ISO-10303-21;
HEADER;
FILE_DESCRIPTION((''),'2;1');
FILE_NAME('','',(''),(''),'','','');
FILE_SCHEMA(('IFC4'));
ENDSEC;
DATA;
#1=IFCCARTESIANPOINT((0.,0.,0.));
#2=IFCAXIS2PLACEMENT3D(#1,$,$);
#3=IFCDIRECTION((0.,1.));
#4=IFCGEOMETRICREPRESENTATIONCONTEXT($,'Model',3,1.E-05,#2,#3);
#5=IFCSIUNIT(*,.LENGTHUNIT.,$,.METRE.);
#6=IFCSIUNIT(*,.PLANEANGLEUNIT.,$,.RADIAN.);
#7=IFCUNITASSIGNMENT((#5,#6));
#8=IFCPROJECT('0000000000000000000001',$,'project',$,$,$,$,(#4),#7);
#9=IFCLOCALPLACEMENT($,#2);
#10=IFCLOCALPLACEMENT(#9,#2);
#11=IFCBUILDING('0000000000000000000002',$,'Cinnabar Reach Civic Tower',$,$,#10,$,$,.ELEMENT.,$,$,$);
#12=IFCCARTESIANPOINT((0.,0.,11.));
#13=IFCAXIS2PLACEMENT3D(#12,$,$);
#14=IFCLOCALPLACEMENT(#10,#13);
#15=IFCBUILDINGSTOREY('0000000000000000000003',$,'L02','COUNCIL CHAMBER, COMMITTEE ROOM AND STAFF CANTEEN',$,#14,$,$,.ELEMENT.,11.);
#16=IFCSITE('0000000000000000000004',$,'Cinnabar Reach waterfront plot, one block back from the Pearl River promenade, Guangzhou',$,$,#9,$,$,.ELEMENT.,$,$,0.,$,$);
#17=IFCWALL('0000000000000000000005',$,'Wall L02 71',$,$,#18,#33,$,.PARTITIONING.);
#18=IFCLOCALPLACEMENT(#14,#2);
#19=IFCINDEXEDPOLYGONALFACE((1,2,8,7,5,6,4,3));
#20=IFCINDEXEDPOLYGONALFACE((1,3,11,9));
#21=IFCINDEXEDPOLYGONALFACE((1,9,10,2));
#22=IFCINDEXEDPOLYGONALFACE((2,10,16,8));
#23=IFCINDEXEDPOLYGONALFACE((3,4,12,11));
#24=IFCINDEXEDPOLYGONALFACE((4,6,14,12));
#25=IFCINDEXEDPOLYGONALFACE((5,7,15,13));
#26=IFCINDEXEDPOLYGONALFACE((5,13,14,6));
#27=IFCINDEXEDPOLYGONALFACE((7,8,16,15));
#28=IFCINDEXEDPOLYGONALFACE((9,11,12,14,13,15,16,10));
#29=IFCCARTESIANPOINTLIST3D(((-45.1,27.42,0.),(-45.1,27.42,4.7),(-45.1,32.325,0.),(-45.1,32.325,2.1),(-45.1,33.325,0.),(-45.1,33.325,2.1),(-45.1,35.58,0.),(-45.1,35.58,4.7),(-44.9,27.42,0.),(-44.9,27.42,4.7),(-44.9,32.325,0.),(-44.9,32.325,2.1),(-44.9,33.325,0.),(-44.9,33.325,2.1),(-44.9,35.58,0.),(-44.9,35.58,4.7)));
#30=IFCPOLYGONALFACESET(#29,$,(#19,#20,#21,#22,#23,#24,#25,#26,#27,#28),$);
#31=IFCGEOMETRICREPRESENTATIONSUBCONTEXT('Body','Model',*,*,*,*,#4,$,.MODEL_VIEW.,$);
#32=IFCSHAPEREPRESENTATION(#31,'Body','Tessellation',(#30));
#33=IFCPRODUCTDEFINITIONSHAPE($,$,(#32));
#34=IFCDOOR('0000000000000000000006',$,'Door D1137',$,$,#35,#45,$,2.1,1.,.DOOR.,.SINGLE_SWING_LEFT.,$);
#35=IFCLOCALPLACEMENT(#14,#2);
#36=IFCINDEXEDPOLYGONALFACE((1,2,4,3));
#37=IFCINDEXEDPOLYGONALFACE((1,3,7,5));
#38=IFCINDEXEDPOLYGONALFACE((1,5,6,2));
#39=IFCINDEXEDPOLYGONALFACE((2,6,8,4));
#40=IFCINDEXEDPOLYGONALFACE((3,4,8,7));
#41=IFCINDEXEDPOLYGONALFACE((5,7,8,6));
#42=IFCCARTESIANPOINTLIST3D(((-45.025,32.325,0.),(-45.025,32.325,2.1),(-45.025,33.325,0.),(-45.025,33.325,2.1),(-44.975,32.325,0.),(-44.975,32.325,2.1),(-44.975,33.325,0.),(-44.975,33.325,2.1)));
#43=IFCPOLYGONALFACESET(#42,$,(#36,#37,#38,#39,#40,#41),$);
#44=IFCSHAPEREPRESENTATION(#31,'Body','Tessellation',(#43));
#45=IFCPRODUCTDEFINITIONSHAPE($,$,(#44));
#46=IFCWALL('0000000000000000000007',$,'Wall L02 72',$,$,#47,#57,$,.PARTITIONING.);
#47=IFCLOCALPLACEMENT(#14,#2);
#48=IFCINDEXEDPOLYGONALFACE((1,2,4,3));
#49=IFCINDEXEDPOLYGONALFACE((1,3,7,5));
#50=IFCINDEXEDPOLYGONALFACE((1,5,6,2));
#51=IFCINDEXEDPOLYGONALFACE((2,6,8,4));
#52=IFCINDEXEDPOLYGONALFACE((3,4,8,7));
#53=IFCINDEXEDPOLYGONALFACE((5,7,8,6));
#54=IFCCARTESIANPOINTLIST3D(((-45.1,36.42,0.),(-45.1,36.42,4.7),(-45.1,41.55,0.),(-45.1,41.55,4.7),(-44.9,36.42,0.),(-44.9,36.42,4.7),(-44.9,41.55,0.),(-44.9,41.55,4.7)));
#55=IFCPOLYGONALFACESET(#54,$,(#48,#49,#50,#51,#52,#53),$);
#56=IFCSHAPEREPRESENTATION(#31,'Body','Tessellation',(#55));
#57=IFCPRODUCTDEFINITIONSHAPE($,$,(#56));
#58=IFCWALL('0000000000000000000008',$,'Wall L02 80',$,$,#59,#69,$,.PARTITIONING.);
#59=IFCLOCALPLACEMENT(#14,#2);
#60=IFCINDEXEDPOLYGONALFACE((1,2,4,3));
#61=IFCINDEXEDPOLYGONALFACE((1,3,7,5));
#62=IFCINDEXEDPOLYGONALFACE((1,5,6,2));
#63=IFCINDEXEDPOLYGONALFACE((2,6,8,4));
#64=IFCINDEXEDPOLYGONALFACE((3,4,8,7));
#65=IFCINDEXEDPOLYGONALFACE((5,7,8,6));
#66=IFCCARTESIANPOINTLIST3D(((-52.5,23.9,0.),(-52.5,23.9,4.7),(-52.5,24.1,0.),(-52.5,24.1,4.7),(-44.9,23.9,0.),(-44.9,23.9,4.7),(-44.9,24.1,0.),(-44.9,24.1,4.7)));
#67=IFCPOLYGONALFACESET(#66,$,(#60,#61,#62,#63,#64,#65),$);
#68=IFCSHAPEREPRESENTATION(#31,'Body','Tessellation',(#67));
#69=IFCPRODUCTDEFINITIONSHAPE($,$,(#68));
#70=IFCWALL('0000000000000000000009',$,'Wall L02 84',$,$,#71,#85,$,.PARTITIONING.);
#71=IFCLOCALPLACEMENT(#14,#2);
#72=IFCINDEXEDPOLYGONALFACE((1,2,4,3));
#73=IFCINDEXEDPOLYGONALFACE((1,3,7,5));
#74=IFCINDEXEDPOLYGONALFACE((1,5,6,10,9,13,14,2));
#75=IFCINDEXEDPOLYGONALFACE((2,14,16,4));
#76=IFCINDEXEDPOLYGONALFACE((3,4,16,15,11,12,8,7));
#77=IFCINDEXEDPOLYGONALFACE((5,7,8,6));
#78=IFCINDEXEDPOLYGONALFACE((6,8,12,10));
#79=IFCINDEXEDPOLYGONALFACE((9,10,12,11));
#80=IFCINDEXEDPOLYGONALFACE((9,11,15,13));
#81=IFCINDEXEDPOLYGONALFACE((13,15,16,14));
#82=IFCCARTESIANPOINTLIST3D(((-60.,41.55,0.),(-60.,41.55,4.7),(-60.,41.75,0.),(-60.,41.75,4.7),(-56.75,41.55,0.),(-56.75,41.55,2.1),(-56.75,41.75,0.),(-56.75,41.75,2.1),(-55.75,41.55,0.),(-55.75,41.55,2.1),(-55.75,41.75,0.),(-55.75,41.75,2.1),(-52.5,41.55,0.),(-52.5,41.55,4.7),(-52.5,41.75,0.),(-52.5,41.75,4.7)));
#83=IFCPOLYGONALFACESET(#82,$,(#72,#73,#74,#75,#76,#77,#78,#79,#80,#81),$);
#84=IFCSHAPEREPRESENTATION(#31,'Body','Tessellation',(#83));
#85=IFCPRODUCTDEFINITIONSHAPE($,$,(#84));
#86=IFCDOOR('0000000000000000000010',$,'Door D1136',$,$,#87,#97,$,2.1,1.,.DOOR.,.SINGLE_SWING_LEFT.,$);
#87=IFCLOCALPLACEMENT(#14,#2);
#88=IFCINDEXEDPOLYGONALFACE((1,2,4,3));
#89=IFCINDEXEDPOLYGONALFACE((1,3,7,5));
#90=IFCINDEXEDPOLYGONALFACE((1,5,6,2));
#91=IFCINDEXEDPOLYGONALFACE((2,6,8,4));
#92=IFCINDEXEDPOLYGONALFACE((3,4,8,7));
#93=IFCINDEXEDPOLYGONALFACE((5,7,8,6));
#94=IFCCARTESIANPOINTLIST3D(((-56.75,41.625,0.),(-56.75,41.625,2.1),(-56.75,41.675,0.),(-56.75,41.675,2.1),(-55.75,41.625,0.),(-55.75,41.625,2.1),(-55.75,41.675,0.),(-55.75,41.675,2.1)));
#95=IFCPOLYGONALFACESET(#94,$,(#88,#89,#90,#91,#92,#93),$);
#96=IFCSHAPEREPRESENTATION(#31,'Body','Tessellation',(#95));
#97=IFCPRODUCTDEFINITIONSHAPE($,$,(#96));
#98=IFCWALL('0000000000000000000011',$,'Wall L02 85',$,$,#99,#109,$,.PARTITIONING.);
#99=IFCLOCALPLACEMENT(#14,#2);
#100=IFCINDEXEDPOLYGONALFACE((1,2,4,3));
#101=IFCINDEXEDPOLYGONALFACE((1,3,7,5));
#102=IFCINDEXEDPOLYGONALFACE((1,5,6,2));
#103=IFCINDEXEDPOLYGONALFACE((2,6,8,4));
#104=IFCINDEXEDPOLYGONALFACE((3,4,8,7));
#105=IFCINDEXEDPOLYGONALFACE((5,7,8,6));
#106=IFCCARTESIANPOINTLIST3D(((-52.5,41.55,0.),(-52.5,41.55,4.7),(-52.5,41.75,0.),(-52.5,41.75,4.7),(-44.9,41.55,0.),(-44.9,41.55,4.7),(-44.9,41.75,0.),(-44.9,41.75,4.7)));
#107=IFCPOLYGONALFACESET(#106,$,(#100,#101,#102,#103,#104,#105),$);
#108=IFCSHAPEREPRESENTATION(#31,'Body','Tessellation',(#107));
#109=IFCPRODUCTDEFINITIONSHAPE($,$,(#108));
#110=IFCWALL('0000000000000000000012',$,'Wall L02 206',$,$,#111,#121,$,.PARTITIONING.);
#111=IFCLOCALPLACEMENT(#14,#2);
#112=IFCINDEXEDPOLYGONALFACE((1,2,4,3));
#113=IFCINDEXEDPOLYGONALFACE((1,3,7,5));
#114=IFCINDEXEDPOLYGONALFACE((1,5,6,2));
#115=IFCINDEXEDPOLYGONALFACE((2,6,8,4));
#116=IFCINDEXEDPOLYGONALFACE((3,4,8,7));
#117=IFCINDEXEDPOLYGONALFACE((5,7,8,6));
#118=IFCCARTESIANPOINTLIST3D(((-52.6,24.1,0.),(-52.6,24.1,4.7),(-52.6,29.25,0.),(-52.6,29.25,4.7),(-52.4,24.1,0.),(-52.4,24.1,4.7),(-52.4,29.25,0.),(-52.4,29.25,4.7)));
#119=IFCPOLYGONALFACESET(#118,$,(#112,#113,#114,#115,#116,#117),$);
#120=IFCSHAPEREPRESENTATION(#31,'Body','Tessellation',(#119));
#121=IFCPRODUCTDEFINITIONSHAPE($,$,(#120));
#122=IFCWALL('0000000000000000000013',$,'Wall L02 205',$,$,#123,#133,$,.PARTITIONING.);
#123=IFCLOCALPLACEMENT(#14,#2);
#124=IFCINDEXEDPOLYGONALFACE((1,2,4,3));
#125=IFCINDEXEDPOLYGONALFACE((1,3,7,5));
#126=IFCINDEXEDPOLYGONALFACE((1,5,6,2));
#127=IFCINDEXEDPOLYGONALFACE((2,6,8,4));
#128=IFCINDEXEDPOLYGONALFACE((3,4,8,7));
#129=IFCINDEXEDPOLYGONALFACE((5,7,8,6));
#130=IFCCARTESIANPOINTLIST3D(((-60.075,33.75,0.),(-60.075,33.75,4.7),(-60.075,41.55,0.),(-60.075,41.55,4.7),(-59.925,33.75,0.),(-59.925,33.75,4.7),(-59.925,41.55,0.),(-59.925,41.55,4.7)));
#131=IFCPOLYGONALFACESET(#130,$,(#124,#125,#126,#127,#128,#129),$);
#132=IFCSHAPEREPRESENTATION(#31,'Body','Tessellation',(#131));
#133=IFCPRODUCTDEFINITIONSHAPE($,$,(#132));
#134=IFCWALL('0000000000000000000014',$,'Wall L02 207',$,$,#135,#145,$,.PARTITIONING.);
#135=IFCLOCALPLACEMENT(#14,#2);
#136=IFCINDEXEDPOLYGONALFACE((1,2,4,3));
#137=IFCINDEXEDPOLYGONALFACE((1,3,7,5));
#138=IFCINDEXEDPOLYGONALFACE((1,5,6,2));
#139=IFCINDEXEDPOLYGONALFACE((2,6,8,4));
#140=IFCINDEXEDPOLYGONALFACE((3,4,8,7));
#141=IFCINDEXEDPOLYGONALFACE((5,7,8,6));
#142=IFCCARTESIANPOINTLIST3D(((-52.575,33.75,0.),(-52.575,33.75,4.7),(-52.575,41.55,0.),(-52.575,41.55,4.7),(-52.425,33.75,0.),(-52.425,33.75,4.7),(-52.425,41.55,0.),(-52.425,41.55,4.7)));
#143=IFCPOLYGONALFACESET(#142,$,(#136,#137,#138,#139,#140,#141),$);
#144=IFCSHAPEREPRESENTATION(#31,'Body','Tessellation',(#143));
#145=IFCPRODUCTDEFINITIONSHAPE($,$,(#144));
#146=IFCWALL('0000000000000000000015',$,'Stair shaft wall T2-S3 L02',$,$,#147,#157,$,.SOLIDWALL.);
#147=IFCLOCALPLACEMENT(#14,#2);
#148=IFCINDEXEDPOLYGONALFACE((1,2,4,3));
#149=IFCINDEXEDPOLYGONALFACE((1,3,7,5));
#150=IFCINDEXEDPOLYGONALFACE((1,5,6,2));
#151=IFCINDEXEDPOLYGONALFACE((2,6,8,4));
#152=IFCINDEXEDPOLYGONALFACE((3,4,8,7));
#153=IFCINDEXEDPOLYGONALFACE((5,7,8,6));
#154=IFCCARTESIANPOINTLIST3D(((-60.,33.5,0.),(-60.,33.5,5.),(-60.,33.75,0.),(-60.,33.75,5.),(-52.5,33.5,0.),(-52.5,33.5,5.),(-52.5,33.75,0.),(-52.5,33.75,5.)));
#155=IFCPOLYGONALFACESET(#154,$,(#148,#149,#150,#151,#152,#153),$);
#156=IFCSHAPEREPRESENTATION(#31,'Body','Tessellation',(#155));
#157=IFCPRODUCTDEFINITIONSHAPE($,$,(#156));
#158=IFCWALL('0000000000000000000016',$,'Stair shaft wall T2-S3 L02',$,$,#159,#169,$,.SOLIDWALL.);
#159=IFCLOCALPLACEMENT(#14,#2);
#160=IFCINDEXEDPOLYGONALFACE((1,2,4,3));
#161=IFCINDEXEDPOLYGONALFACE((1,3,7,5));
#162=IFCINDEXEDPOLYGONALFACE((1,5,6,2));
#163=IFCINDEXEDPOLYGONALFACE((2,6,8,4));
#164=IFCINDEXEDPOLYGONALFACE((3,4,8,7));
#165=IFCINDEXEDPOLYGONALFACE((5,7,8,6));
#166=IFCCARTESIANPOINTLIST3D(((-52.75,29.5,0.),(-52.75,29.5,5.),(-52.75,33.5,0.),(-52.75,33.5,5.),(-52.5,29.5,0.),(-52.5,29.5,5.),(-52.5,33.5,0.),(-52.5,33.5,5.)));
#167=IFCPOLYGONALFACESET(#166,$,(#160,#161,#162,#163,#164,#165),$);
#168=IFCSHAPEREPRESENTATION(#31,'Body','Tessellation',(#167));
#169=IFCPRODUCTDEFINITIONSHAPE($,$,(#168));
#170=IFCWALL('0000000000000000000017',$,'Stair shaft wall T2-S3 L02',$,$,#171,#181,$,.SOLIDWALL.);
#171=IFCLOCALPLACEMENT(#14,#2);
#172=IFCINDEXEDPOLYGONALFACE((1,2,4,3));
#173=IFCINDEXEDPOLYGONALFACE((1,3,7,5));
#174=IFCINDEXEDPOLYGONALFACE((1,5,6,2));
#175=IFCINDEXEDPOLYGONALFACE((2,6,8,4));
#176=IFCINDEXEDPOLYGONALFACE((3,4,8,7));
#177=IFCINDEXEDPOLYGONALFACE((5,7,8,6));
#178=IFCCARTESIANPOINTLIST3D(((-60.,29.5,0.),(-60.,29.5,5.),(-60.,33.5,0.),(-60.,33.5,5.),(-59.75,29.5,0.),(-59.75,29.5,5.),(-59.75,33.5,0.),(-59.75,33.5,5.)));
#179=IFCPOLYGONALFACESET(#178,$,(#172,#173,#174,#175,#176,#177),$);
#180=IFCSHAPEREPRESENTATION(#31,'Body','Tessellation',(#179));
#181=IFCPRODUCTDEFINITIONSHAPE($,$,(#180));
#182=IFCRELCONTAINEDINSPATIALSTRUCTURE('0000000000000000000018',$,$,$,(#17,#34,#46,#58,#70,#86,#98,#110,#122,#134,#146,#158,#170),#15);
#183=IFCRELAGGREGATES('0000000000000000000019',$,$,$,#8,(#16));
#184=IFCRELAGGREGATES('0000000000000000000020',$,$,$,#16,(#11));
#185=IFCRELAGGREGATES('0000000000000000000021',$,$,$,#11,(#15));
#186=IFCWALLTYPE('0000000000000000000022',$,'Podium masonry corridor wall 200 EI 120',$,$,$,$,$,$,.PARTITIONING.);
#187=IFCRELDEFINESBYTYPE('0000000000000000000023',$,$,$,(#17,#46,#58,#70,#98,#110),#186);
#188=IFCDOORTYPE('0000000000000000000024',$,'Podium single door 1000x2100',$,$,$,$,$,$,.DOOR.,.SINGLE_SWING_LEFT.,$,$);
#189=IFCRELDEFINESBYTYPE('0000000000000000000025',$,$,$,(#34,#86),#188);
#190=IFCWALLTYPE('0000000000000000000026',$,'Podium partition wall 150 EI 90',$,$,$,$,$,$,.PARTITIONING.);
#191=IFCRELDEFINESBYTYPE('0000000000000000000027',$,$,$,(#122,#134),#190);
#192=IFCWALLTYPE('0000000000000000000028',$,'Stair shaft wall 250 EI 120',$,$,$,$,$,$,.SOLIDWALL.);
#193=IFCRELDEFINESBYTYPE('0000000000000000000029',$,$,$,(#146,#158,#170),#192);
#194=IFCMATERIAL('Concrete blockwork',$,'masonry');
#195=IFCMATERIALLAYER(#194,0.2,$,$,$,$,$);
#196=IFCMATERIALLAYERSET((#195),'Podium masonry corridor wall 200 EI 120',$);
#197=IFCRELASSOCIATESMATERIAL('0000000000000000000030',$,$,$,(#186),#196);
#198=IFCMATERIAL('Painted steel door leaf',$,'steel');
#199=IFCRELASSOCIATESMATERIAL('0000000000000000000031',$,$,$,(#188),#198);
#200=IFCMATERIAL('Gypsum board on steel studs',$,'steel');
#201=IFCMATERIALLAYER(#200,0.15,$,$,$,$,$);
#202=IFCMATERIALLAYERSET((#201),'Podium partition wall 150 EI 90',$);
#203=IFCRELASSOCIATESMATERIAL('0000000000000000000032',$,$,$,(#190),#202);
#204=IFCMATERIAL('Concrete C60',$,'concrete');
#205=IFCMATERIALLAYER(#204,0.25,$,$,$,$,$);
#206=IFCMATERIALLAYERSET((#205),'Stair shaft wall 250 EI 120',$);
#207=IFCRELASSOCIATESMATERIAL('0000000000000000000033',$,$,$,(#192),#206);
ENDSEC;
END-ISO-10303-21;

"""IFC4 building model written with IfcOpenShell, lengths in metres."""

from ifc_helpers import new_model, si_unit, direction, frame, frame_2d, origin, place, context, subcontext, project, spatial, rectangle, extrude, material, layer, layer_set, type_object, element, fill, save


model = new_model("IFC4")

# Units and contexts
model_context = context("Model", 3, precision=1e-05, world=origin(), true_north=direction((0.0, 1.0)))
body_context = subcontext(model_context, "Body", "Model", "MODEL_VIEW")
ifc_project = project(units=[si_unit("LENGTHUNIT", "METRE"), si_unit("PLANEANGLEUNIT", "RADIAN")], contexts=[model_context])

# Site, building, storey
site_placement = place(None, origin())
site = spatial("IfcSite", under=ifc_project, at=site_placement, Name="Cinnabar Reach waterfront plot, one block back from the Pearl River promenade, Guangzhou", CompositionType="ELEMENT", RefElevation=0.0)
building_placement = place(site_placement, origin())
building = spatial("IfcBuilding", under=site, at=building_placement, Name="Cinnabar Reach Civic Tower", CompositionType="ELEMENT")
storey_placement = place(building_placement, frame((0.0, 0.0, 11.0)))
storey = spatial("IfcBuildingStorey", under=building, at=storey_placement, Name="L02", Description="COUNCIL CHAMBER, COMMITTEE ROOM AND STAFF CANTEEN", CompositionType="ELEMENT", Elevation=11.0)

# Shared definitions
ifc_material_1 = material(Name="Concrete C60", Category="concrete")

# Shared definitions
ifc_material_2 = material(Name="Concrete blockwork", Category="masonry")
ifc_layer_1 = layer(ifc_material_2, 0.2)
ifc_layer_set_1 = layer_set([ifc_layer_1], Name="Podium masonry corridor wall 200 EI 120")
wall_type_1 = type_object("IfcWallType", Name="Podium masonry corridor wall 200 EI 120", PredefinedType="PARTITIONING", material=ifc_layer_set_1)

# Wall, opening, door
wall_1_placement = place(storey_placement, frame((-45.0, 27.42, 0.0), z_axis=(0.0, 0.0, 1.0), x_axis=(0.0, 1.0, 0.0)))
wall_1 = element("IfcWall", 1, at=wall_1_placement, inside=storey, type_object=wall_type_1, Name="Wall L02 71", PredefinedType="PARTITIONING", context=body_context, shape_type="SweptSolid", body=[
    extrude(rectangle(XDim=8.16, YDim=0.2, at=frame_2d((4.08, 0.0))), origin(), (0.0, 0.0, 1.0), 4.7),
])
opening_1_placement = place(wall_1_placement, frame((4.905, 0.0, 0.0)))
opening_1 = element("IfcOpeningElement", 2, at=opening_1_placement, cuts=wall_1, PredefinedType="OPENING", context=body_context, shape_type="SweptSolid", body=[
    extrude(rectangle(XDim=1.0, YDim=2.1, at=frame_2d((0.5, 1.05))), frame((0.0, 0.11, 0.0), z_axis=(0.0, -1.0, 0.0), x_axis=(1.0, 0.0, 0.0)), (0.0, 0.0, 1.0), 0.22),
])
ifc_material_3 = material(Name="Painted steel door leaf", Category="steel")
door_type_1 = type_object("IfcDoorType", Name="Podium single door 1000x2100", OperationType="SINGLE_SWING_LEFT", PredefinedType="DOOR", material=ifc_material_3)
door_1_placement = place(opening_1_placement, origin())
door_1 = element("IfcDoor", 3, at=door_1_placement, inside=storey, type_object=door_type_1, Name="Door D1137", OperationType="SINGLE_SWING_LEFT", OverallHeight=2.1, OverallWidth=1.0, PredefinedType="DOOR", context=body_context, shape_type="SweptSolid", body=[
    extrude(rectangle(XDim=1.0, YDim=2.1, at=frame_2d((0.5, 1.05))), frame((0.0, 0.025, 0.0), z_axis=(0.0, -1.0, 0.0), x_axis=(1.0, 0.0, 0.0)), (0.0, 0.0, 1.0), 0.05),
])
fill(opening_1, door_1)

# Walls
wall_2_placement = place(storey_placement, frame((-45.0, 36.42, 0.0), z_axis=(0.0, 0.0, 1.0), x_axis=(0.0, 1.0, 0.0)))
element("IfcWall", 4, at=wall_2_placement, inside=storey, type_object=wall_type_1, Name="Wall L02 72", PredefinedType="PARTITIONING", context=body_context, shape_type="SweptSolid", body=[
    extrude(rectangle(XDim=5.13, YDim=0.2, at=frame_2d((2.565, 0.0))), origin(), (0.0, 0.0, 1.0), 4.7),
])
wall_3_placement = place(storey_placement, frame((-52.5, 24.0, 0.0), z_axis=(0.0, 0.0, 1.0), x_axis=(1.0, 0.0, 0.0)))
element("IfcWall", 5, at=wall_3_placement, inside=storey, type_object=wall_type_1, Name="Wall L02 80", PredefinedType="PARTITIONING", context=body_context, shape_type="SweptSolid", body=[
    extrude(rectangle(XDim=7.6, YDim=0.2, at=frame_2d((3.8, 0.0))), origin(), (0.0, 0.0, 1.0), 4.7),
])

# Wall, opening, door
wall_4_placement = place(storey_placement, frame((-60.0, 41.65, 0.0), z_axis=(0.0, 0.0, 1.0), x_axis=(1.0, 0.0, 0.0)))
wall_4 = element("IfcWall", 6, at=wall_4_placement, inside=storey, type_object=wall_type_1, Name="Wall L02 84", PredefinedType="PARTITIONING", context=body_context, shape_type="SweptSolid", body=[
    extrude(rectangle(XDim=7.5, YDim=0.2, at=frame_2d((3.75, 0.0))), origin(), (0.0, 0.0, 1.0), 4.7),
])
opening_2_placement = place(wall_4_placement, frame((3.25, 0.0, 0.0)))
opening_2 = element("IfcOpeningElement", 7, at=opening_2_placement, cuts=wall_4, PredefinedType="OPENING", context=body_context, shape_type="SweptSolid", body=[
    extrude(rectangle(XDim=1.0, YDim=2.1, at=frame_2d((0.5, 1.05))), frame((0.0, 0.11, 0.0), z_axis=(0.0, -1.0, 0.0), x_axis=(1.0, 0.0, 0.0)), (0.0, 0.0, 1.0), 0.22),
])
door_2_placement = place(opening_2_placement, frame((1.0, 0.0, 0.0), z_axis=(0.0, 0.0, 1.0), x_axis=(-1.0, 0.0, 0.0)))
door_2 = element("IfcDoor", 8, at=door_2_placement, inside=storey, type_object=door_type_1, Name="Door D1136", OperationType="SINGLE_SWING_LEFT", OverallHeight=2.1, OverallWidth=1.0, PredefinedType="DOOR", context=body_context, shape_type="SweptSolid", body=[
    extrude(rectangle(XDim=1.0, YDim=2.1, at=frame_2d((0.5, 1.05))), frame((0.0, 0.025, 0.0), z_axis=(0.0, -1.0, 0.0), x_axis=(1.0, 0.0, 0.0)), (0.0, 0.0, 1.0), 0.05),
])
fill(opening_2, door_2)

# Walls
wall_5_placement = place(storey_placement, frame((-52.5, 41.65, 0.0), z_axis=(0.0, 0.0, 1.0), x_axis=(1.0, 0.0, 0.0)))
element("IfcWall", 9, at=wall_5_placement, inside=storey, type_object=wall_type_1, Name="Wall L02 85", PredefinedType="PARTITIONING", context=body_context, shape_type="SweptSolid", body=[
    extrude(rectangle(XDim=7.6, YDim=0.2, at=frame_2d((3.8, 0.0))), origin(), (0.0, 0.0, 1.0), 4.7),
])
wall_6_placement = place(storey_placement, frame((-52.5, 24.1, 0.0), z_axis=(0.0, 0.0, 1.0), x_axis=(0.0, 1.0, 0.0)))
element("IfcWall", 10, at=wall_6_placement, inside=storey, type_object=wall_type_1, Name="Wall L02 206", PredefinedType="PARTITIONING", context=body_context, shape_type="SweptSolid", body=[
    extrude(rectangle(XDim=5.15, YDim=0.2, at=frame_2d((2.575, 0.0))), origin(), (0.0, 0.0, 1.0), 4.7),
])
ifc_material_4 = material(Name="Gypsum board on steel studs", Category="steel")
ifc_layer_2 = layer(ifc_material_4, 0.15)
ifc_layer_set_2 = layer_set([ifc_layer_2], Name="Podium partition wall 150 EI 90")
wall_type_2 = type_object("IfcWallType", Name="Podium partition wall 150 EI 90", PredefinedType="PARTITIONING", material=ifc_layer_set_2)
for number, where, z_axis, x_axis, name in (
    (11, (-60.0, 33.75, 0.0), (0.0, 0.0, 1.0), (0.0, 1.0, 0.0), "Wall L02 205"),
    (12, (-52.5, 33.75, 0.0), (0.0, 0.0, 1.0), (0.0, 1.0, 0.0), "Wall L02 207"),
):
    element("IfcWall", number, at=place(storey_placement, frame(where, z_axis=z_axis, x_axis=x_axis)), inside=storey, type_object=wall_type_2, Name=name, PredefinedType="PARTITIONING", context=body_context, shape_type="SweptSolid", body=[
        extrude(rectangle(XDim=7.8, YDim=0.15, at=frame_2d((3.9, 0.0))), origin(), (0.0, 0.0, 1.0), 4.7),
    ])
ifc_layer_3 = layer(ifc_material_1, 0.25)
ifc_layer_set_3 = layer_set([ifc_layer_3], Name="Stair shaft wall 250 EI 120")
wall_type_3 = type_object("IfcWallType", Name="Stair shaft wall 250 EI 120", PredefinedType="SOLIDWALL", material=ifc_layer_set_3)
wall_7_placement = place(storey_placement, frame((-52.5, 33.625, 0.0), z_axis=(0.0, 0.0, 1.0), x_axis=(-1.0, 0.0, 0.0)))
element("IfcWall", 13, at=wall_7_placement, inside=storey, type_object=wall_type_3, Name="Stair shaft wall T2-S3 L02", PredefinedType="SOLIDWALL", context=body_context, shape_type="SweptSolid", body=[
    extrude(rectangle(XDim=7.5, YDim=0.25, at=frame_2d((3.75, 0.0))), origin(), (0.0, 0.0, 1.0), 5.0),
])
for number, where, z_axis, x_axis, name in (
    (14, (-52.625, 29.5, 0.0), (0.0, 0.0, 1.0), (0.0, 1.0, 0.0), "Stair shaft wall T2-S3 L02"),
    (15, (-59.875, 33.5, 0.0), (0.0, 0.0, 1.0), (0.0, -1.0, 0.0), "Stair shaft wall T2-S3 L02"),
):
    element("IfcWall", number, at=place(storey_placement, frame(where, z_axis=z_axis, x_axis=x_axis)), inside=storey, type_object=wall_type_3, Name=name, PredefinedType="SOLIDWALL", context=body_context, shape_type="SweptSolid", body=[
        extrude(rectangle(XDim=4.0, YDim=0.25, at=frame_2d((2.0, 0.0))), origin(), (0.0, 0.0, 1.0), 5.0),
    ])

save(model, "model.ifc")
